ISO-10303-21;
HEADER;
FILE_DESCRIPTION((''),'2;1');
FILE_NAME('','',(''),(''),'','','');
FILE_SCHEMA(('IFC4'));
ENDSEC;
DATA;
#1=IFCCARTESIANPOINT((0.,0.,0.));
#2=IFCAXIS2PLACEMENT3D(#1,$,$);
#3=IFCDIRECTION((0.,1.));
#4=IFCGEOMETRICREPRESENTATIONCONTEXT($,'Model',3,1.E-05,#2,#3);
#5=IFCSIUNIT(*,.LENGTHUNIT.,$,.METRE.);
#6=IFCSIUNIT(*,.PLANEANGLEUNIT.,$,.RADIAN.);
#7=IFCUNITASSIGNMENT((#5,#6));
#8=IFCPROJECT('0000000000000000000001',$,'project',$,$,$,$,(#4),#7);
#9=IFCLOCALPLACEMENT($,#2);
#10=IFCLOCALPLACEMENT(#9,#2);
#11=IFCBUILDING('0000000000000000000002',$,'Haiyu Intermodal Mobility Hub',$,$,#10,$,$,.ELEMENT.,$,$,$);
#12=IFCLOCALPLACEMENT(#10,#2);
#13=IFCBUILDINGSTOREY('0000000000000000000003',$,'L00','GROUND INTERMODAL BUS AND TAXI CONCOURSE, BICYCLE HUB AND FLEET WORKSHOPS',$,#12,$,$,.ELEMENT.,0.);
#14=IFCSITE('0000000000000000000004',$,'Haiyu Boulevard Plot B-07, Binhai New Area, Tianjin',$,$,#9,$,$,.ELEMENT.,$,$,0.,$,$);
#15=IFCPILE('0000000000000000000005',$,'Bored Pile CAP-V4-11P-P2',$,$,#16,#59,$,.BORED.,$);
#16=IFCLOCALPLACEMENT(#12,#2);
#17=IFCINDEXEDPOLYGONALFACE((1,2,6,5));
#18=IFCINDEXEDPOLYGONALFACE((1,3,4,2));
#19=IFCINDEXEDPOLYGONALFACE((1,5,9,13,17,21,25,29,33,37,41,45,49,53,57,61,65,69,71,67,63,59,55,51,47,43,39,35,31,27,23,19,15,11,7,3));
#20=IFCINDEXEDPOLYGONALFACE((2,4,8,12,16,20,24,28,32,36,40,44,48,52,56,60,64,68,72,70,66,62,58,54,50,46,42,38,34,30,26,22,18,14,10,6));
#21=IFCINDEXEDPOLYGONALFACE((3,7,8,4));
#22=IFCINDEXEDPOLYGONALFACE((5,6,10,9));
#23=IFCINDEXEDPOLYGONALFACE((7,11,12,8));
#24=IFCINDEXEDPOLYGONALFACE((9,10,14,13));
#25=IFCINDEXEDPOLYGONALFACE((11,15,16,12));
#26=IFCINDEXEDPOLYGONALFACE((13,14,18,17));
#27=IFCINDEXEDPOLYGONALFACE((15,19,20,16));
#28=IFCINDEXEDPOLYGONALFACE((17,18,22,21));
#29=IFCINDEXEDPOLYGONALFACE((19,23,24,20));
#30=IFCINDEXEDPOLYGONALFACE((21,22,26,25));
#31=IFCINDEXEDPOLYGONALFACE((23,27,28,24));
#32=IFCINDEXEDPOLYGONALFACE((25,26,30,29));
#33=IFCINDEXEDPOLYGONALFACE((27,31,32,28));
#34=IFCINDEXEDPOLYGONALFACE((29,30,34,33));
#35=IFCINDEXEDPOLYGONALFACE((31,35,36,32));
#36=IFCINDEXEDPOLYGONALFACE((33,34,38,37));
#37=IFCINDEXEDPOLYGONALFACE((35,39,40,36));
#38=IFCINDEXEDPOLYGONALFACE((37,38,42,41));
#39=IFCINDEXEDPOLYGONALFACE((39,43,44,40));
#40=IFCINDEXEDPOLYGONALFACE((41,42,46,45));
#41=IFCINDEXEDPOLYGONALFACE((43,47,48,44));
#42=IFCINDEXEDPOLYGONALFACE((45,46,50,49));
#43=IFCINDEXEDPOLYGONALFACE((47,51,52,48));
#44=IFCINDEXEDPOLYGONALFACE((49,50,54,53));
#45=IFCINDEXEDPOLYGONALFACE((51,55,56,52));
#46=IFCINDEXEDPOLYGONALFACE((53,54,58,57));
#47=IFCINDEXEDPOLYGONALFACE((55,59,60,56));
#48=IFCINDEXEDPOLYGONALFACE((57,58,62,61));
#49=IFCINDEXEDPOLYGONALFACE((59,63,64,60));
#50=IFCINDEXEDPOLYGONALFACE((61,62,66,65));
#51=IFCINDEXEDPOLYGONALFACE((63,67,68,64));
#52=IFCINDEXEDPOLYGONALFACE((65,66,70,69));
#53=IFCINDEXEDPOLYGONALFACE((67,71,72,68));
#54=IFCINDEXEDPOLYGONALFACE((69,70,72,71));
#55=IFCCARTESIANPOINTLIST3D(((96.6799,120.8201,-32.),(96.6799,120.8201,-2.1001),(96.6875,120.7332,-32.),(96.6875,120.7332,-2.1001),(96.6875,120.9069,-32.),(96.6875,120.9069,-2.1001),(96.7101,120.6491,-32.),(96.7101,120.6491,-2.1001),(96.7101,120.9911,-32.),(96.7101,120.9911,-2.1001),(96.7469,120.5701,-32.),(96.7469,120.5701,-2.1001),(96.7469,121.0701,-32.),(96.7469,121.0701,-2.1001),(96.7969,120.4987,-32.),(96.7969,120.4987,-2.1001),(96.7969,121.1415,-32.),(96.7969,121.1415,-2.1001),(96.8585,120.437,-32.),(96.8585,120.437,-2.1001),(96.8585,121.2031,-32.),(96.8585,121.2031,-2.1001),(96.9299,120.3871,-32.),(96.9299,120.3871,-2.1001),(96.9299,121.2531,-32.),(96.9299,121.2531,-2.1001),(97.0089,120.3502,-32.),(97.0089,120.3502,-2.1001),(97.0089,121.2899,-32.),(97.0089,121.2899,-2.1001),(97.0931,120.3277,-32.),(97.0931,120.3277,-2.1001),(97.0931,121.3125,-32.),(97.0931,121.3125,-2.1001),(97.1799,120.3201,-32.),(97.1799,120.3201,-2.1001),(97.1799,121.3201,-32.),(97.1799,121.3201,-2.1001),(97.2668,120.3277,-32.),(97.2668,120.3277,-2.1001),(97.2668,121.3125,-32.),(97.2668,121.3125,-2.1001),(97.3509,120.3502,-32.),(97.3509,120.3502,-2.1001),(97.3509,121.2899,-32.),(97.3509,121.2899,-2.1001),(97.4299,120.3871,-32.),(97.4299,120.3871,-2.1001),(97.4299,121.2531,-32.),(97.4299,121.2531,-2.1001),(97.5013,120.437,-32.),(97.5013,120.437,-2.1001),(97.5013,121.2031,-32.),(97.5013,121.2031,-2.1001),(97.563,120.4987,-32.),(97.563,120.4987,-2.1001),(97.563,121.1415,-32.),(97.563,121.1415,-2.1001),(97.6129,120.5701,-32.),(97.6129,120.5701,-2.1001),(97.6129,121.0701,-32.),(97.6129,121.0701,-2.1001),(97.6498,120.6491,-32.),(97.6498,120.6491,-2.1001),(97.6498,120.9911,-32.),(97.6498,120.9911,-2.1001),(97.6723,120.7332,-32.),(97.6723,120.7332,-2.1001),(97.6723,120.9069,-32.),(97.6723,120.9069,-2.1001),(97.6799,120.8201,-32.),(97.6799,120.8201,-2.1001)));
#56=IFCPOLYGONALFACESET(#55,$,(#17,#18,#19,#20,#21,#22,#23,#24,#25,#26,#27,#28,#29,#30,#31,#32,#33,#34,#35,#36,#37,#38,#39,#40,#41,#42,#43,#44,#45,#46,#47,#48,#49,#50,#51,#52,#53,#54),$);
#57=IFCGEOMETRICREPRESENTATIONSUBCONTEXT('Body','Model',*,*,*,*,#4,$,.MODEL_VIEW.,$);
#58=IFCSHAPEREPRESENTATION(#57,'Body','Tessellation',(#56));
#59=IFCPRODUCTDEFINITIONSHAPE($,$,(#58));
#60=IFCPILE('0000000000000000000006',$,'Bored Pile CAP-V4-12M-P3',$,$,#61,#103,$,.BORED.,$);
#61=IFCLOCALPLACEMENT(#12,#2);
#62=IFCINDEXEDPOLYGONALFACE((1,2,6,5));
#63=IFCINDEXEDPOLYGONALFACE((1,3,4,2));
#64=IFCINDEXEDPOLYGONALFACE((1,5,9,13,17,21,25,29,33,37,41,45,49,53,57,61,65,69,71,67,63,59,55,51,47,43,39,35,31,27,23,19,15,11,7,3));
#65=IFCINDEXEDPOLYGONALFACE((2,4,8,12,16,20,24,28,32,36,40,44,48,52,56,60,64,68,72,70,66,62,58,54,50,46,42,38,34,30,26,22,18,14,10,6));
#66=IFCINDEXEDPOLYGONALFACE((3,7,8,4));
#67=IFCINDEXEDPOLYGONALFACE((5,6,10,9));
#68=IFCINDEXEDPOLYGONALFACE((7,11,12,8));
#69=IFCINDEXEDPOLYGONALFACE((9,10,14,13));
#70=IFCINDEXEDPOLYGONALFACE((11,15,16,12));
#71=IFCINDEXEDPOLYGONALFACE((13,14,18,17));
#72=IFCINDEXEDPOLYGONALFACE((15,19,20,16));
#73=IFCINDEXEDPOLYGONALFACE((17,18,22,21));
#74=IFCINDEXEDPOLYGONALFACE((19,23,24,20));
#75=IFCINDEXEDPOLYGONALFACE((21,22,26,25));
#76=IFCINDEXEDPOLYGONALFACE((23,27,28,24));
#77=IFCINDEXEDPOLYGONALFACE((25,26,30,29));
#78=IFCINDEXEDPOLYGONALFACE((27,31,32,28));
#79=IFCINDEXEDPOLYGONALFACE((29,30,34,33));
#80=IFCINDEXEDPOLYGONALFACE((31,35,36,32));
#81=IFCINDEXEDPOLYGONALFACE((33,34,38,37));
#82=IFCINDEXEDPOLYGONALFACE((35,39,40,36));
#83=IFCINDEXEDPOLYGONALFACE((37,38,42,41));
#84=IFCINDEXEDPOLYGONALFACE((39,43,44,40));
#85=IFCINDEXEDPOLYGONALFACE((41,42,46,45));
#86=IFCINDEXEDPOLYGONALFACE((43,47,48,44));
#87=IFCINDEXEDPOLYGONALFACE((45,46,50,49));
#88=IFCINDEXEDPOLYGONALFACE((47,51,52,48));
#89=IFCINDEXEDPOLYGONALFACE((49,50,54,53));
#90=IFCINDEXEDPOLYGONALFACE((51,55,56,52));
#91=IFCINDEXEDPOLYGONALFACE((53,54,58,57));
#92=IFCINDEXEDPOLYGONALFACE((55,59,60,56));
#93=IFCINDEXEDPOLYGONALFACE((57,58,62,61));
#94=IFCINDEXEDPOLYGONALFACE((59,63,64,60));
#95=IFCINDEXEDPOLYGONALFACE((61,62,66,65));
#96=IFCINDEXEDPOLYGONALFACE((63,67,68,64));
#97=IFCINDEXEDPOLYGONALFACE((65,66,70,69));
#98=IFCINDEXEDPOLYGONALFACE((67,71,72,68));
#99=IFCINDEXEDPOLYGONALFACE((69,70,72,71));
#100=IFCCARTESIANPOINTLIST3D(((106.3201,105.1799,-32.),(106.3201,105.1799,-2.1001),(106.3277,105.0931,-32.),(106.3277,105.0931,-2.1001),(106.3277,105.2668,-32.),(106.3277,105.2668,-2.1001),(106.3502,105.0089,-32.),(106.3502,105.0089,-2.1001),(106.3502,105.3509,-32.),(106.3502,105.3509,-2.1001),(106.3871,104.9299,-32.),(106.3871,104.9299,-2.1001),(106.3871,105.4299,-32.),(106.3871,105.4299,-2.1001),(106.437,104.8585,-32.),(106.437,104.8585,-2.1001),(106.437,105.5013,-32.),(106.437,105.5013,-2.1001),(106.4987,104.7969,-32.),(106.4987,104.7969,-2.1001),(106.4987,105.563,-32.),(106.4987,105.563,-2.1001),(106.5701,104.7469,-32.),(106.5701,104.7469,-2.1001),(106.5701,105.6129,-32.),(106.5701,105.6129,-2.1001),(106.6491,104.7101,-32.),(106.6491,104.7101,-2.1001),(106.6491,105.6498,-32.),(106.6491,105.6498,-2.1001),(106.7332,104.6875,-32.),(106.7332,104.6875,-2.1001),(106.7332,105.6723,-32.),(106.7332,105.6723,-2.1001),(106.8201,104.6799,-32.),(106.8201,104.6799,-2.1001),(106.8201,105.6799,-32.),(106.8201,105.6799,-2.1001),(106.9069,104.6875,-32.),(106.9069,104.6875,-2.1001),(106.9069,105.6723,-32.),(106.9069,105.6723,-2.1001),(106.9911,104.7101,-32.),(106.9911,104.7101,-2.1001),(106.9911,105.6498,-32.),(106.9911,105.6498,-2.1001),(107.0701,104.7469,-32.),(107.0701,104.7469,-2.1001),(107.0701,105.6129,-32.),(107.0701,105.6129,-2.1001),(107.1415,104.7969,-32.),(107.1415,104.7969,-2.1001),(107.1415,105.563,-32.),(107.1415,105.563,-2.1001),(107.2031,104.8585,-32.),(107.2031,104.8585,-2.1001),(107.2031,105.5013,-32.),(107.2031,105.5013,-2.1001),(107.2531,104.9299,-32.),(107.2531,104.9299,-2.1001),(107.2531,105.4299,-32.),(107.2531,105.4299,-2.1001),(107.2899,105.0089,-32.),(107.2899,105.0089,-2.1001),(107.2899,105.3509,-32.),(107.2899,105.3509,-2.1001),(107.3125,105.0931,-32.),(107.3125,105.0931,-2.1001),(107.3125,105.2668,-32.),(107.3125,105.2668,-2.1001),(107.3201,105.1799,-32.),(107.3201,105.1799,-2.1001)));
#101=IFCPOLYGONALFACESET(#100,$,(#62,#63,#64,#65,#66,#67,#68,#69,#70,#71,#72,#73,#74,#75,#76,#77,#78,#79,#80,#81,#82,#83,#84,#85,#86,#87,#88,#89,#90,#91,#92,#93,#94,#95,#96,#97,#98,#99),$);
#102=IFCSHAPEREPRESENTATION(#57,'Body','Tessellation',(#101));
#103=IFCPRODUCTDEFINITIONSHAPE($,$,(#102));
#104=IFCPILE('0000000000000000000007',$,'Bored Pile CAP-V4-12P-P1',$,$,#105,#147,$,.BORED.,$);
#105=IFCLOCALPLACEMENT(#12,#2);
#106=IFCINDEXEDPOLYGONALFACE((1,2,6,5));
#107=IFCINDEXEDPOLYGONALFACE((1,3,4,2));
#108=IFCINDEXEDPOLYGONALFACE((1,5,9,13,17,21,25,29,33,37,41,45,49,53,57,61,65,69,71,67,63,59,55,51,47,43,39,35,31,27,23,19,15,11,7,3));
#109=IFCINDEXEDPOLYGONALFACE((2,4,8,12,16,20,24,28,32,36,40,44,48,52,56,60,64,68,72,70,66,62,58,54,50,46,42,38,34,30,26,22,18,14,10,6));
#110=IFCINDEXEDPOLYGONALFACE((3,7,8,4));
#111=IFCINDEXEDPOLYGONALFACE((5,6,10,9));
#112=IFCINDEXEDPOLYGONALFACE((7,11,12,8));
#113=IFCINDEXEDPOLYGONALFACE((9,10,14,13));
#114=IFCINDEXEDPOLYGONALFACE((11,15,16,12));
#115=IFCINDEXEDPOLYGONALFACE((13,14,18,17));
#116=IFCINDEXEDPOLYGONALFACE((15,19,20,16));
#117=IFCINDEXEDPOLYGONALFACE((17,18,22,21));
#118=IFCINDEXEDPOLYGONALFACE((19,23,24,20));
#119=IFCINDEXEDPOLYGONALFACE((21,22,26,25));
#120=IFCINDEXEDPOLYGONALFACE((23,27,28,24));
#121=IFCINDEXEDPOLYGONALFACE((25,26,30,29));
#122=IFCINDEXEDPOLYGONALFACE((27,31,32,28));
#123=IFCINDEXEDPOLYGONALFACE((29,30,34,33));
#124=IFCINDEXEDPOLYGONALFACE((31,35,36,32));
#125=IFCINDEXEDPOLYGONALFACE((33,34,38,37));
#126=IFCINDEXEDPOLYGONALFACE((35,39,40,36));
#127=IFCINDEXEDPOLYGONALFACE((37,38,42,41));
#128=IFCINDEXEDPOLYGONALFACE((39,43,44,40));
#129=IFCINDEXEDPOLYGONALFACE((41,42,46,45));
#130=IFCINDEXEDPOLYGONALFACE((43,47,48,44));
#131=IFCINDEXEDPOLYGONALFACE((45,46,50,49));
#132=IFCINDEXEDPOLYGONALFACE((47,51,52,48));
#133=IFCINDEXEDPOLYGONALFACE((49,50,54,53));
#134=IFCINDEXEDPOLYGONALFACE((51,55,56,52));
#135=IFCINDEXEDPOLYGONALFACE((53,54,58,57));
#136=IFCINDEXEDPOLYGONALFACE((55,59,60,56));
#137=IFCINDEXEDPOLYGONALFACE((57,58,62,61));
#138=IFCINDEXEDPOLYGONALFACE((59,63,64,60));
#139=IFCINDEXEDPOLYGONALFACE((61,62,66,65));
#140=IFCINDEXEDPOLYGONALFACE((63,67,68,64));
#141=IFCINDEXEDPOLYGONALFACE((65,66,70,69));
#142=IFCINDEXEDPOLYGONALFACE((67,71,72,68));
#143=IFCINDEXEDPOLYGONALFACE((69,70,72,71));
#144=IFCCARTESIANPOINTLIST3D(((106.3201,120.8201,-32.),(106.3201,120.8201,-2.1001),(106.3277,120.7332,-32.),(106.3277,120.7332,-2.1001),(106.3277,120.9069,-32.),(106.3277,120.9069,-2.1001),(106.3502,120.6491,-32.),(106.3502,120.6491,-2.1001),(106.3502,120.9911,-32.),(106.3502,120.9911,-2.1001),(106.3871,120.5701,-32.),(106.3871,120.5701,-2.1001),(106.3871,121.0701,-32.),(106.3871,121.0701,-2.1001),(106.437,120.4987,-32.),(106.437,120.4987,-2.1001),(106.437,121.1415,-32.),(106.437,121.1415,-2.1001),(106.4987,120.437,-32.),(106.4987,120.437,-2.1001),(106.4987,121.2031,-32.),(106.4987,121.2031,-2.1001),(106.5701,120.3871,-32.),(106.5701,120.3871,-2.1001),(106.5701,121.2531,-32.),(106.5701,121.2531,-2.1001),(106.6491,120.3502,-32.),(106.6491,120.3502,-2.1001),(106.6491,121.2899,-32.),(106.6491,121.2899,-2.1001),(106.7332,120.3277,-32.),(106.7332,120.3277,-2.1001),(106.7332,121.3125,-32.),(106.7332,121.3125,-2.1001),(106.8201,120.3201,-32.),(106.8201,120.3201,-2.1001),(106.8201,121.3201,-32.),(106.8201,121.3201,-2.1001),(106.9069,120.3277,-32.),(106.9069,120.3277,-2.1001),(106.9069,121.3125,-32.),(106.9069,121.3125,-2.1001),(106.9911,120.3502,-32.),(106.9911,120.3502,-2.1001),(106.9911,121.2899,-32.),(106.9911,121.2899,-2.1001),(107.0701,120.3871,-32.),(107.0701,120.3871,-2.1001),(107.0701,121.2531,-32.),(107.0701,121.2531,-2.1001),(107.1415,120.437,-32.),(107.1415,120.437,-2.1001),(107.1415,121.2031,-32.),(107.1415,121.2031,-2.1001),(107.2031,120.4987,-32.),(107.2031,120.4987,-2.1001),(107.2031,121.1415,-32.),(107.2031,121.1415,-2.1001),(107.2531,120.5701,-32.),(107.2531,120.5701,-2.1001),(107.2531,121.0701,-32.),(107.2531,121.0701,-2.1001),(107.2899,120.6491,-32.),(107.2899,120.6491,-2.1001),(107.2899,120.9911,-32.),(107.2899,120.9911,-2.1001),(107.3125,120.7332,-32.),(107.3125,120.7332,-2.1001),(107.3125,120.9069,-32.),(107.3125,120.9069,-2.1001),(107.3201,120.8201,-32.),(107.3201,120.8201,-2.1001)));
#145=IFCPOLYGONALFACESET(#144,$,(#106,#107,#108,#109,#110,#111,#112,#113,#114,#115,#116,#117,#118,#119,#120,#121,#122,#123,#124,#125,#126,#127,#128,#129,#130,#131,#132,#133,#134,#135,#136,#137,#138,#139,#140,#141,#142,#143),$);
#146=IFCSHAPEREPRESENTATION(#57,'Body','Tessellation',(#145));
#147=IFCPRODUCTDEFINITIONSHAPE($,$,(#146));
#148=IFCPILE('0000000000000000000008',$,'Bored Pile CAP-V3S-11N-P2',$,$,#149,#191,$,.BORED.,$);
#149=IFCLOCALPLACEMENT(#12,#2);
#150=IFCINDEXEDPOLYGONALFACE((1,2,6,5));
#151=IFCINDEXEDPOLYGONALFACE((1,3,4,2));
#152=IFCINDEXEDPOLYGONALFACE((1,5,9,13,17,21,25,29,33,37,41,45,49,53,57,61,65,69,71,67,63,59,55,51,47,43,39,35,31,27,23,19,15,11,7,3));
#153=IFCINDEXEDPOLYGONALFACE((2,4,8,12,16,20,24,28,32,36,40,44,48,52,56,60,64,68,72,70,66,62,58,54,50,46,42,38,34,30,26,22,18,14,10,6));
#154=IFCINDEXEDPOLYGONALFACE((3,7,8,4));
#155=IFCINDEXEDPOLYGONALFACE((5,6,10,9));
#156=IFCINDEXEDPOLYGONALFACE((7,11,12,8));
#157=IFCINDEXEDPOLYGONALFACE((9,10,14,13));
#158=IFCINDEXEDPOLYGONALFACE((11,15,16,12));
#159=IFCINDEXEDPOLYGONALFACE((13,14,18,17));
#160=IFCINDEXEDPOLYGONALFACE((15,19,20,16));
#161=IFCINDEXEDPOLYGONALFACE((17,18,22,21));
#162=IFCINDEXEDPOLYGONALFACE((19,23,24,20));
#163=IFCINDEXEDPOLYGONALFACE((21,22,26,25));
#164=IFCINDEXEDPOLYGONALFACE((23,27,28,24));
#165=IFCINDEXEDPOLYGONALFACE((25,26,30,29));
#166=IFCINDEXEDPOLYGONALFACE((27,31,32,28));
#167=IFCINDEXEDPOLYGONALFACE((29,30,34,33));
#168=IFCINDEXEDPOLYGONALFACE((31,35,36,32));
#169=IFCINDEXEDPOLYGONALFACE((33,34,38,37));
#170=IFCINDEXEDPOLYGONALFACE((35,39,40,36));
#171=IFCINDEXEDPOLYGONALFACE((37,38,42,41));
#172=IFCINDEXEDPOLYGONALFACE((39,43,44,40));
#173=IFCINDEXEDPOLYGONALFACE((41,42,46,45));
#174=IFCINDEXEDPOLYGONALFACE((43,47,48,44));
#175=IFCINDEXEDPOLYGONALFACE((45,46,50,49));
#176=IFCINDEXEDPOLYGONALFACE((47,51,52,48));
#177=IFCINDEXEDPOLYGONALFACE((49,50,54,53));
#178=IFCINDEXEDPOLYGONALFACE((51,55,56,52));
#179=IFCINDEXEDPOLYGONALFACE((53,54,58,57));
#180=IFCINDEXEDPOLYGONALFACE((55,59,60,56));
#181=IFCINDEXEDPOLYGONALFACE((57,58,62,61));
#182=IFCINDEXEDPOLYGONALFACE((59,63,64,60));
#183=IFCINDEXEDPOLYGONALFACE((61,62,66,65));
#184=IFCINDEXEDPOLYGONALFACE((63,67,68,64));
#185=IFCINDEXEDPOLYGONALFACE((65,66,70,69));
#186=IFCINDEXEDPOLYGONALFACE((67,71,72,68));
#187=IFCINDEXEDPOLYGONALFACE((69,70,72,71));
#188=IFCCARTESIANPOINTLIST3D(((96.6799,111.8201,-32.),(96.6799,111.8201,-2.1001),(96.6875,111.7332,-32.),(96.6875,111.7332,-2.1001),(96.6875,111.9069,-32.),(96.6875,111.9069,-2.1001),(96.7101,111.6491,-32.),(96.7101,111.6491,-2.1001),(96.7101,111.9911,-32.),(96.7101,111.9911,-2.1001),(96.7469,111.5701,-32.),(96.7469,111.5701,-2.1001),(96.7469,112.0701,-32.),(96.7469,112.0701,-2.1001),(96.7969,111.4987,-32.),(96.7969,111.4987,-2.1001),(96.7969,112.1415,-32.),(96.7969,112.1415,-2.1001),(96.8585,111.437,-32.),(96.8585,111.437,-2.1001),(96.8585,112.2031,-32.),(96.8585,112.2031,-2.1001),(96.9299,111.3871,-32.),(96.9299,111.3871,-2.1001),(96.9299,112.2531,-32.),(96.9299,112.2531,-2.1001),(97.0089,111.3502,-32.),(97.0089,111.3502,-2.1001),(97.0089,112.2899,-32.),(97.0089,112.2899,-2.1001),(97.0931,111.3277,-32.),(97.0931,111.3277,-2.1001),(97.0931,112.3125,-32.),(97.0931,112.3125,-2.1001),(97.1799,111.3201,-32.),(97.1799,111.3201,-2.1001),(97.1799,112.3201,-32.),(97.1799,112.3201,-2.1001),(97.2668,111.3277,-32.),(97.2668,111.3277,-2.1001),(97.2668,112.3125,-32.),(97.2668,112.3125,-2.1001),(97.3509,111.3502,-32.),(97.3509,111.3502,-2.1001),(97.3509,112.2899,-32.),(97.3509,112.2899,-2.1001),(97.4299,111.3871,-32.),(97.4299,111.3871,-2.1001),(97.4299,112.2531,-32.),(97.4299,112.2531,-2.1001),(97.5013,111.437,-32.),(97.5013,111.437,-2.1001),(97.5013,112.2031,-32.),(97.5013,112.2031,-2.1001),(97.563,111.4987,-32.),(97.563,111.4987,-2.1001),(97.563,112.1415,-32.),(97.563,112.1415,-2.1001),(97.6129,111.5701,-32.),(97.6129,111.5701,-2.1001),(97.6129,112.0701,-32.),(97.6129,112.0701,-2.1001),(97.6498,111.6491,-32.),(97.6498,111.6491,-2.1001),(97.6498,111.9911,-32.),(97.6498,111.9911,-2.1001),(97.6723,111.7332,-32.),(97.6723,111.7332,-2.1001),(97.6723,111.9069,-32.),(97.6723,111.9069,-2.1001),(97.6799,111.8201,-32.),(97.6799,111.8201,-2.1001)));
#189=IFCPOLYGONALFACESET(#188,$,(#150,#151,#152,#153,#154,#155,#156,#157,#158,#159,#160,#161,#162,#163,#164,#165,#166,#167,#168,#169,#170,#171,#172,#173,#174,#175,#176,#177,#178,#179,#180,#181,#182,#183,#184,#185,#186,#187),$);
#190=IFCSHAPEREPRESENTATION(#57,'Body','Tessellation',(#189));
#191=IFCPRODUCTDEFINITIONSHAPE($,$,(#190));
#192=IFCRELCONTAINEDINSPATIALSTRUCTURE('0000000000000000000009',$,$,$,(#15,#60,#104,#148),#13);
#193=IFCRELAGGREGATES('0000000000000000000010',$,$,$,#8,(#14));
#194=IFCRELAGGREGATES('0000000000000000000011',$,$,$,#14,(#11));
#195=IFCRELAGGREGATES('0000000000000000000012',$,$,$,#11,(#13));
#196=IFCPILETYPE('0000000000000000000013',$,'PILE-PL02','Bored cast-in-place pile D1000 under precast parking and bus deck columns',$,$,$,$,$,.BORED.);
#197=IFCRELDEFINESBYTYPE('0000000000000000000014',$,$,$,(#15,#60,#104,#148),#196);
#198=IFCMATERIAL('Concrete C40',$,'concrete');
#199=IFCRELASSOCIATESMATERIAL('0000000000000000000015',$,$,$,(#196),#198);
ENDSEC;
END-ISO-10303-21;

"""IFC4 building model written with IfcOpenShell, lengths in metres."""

from ifc_helpers import new_model, si_unit, direction, frame, origin, origin_2d, place, context, subcontext, project, spatial, circle, extrude, material, material_profile, profile_set, type_object, element, save


model = new_model("IFC4")

# Units and contexts
model_context = context("Model", 3, precision=1e-05, world=origin(), true_north=direction((0.0, 1.0)))
body_context = subcontext(model_context, "Body", "Model", "MODEL_VIEW")
ifc_project = project(units=[si_unit("LENGTHUNIT", "METRE"), si_unit("PLANEANGLEUNIT", "RADIAN")], contexts=[model_context])

# Site, building, storey
site_placement = place(None, origin())
site = spatial("IfcSite", under=ifc_project, at=site_placement, Name="Haiyu Boulevard Plot B-07, Binhai New Area, Tianjin", CompositionType="ELEMENT", RefElevation=0.0)
building_placement = place(site_placement, origin())
building = spatial("IfcBuilding", under=site, at=building_placement, Name="Haiyu Intermodal Mobility Hub", CompositionType="ELEMENT")
storey_placement = place(building_placement, origin())
storey = spatial("IfcBuildingStorey", under=building, at=storey_placement, Name="L00", Description="GROUND INTERMODAL BUS AND TAXI CONCOURSE, BICYCLE HUB AND FLEET WORKSHOPS", CompositionType="ELEMENT", Elevation=0.0)

# Shared definitions
ifc_material_1 = material(Name="Concrete C40", Category="concrete")

# Piles
ifc_material_profile_1 = material_profile(ifc_material_1, circle(Radius=0.5, at=origin_2d()), Name="PILE-D1000")
ifc_profile_set_1 = profile_set([ifc_material_profile_1], Name="Concrete C40")
pile_type = type_object("IfcPileType", Name="PILE-PL02", Description="Bored cast-in-place pile D1000 under precast parking and bus deck columns", PredefinedType="BORED", material=ifc_profile_set_1)
for number, where, z_axis, x_axis, name in (
    (1, (97.1799, 120.8201, -2.1001), (0.0, 0.0, -1.0), (1.0, 0.0, 0.0), "Bored Pile CAP-V4-11P-P2"),
    (2, (106.8201, 105.1799, -2.1001), (0.0, 0.0, -1.0), (1.0, 0.0, 0.0), "Bored Pile CAP-V4-12M-P3"),
    (3, (106.8201, 120.8201, -2.1001), (0.0, 0.0, -1.0), (1.0, 0.0, 0.0), "Bored Pile CAP-V4-12P-P1"),
    (4, (97.1799, 111.8201, -2.1001), (0.0, 0.0, -1.0), (1.0, 0.0, 0.0), "Bored Pile CAP-V3S-11N-P2"),
):
    element("IfcPile", number, at=place(storey_placement, frame(where, z_axis=z_axis, x_axis=x_axis)), inside=storey, type_object=pile_type, Name=name, PredefinedType="BORED", context=body_context, shape_type="SweptSolid", body=[
        extrude(circle(Radius=0.5, at=origin_2d()), origin(), (0.0, 0.0, 1.0), 29.8999),
    ])

save(model, "model.ifc")
